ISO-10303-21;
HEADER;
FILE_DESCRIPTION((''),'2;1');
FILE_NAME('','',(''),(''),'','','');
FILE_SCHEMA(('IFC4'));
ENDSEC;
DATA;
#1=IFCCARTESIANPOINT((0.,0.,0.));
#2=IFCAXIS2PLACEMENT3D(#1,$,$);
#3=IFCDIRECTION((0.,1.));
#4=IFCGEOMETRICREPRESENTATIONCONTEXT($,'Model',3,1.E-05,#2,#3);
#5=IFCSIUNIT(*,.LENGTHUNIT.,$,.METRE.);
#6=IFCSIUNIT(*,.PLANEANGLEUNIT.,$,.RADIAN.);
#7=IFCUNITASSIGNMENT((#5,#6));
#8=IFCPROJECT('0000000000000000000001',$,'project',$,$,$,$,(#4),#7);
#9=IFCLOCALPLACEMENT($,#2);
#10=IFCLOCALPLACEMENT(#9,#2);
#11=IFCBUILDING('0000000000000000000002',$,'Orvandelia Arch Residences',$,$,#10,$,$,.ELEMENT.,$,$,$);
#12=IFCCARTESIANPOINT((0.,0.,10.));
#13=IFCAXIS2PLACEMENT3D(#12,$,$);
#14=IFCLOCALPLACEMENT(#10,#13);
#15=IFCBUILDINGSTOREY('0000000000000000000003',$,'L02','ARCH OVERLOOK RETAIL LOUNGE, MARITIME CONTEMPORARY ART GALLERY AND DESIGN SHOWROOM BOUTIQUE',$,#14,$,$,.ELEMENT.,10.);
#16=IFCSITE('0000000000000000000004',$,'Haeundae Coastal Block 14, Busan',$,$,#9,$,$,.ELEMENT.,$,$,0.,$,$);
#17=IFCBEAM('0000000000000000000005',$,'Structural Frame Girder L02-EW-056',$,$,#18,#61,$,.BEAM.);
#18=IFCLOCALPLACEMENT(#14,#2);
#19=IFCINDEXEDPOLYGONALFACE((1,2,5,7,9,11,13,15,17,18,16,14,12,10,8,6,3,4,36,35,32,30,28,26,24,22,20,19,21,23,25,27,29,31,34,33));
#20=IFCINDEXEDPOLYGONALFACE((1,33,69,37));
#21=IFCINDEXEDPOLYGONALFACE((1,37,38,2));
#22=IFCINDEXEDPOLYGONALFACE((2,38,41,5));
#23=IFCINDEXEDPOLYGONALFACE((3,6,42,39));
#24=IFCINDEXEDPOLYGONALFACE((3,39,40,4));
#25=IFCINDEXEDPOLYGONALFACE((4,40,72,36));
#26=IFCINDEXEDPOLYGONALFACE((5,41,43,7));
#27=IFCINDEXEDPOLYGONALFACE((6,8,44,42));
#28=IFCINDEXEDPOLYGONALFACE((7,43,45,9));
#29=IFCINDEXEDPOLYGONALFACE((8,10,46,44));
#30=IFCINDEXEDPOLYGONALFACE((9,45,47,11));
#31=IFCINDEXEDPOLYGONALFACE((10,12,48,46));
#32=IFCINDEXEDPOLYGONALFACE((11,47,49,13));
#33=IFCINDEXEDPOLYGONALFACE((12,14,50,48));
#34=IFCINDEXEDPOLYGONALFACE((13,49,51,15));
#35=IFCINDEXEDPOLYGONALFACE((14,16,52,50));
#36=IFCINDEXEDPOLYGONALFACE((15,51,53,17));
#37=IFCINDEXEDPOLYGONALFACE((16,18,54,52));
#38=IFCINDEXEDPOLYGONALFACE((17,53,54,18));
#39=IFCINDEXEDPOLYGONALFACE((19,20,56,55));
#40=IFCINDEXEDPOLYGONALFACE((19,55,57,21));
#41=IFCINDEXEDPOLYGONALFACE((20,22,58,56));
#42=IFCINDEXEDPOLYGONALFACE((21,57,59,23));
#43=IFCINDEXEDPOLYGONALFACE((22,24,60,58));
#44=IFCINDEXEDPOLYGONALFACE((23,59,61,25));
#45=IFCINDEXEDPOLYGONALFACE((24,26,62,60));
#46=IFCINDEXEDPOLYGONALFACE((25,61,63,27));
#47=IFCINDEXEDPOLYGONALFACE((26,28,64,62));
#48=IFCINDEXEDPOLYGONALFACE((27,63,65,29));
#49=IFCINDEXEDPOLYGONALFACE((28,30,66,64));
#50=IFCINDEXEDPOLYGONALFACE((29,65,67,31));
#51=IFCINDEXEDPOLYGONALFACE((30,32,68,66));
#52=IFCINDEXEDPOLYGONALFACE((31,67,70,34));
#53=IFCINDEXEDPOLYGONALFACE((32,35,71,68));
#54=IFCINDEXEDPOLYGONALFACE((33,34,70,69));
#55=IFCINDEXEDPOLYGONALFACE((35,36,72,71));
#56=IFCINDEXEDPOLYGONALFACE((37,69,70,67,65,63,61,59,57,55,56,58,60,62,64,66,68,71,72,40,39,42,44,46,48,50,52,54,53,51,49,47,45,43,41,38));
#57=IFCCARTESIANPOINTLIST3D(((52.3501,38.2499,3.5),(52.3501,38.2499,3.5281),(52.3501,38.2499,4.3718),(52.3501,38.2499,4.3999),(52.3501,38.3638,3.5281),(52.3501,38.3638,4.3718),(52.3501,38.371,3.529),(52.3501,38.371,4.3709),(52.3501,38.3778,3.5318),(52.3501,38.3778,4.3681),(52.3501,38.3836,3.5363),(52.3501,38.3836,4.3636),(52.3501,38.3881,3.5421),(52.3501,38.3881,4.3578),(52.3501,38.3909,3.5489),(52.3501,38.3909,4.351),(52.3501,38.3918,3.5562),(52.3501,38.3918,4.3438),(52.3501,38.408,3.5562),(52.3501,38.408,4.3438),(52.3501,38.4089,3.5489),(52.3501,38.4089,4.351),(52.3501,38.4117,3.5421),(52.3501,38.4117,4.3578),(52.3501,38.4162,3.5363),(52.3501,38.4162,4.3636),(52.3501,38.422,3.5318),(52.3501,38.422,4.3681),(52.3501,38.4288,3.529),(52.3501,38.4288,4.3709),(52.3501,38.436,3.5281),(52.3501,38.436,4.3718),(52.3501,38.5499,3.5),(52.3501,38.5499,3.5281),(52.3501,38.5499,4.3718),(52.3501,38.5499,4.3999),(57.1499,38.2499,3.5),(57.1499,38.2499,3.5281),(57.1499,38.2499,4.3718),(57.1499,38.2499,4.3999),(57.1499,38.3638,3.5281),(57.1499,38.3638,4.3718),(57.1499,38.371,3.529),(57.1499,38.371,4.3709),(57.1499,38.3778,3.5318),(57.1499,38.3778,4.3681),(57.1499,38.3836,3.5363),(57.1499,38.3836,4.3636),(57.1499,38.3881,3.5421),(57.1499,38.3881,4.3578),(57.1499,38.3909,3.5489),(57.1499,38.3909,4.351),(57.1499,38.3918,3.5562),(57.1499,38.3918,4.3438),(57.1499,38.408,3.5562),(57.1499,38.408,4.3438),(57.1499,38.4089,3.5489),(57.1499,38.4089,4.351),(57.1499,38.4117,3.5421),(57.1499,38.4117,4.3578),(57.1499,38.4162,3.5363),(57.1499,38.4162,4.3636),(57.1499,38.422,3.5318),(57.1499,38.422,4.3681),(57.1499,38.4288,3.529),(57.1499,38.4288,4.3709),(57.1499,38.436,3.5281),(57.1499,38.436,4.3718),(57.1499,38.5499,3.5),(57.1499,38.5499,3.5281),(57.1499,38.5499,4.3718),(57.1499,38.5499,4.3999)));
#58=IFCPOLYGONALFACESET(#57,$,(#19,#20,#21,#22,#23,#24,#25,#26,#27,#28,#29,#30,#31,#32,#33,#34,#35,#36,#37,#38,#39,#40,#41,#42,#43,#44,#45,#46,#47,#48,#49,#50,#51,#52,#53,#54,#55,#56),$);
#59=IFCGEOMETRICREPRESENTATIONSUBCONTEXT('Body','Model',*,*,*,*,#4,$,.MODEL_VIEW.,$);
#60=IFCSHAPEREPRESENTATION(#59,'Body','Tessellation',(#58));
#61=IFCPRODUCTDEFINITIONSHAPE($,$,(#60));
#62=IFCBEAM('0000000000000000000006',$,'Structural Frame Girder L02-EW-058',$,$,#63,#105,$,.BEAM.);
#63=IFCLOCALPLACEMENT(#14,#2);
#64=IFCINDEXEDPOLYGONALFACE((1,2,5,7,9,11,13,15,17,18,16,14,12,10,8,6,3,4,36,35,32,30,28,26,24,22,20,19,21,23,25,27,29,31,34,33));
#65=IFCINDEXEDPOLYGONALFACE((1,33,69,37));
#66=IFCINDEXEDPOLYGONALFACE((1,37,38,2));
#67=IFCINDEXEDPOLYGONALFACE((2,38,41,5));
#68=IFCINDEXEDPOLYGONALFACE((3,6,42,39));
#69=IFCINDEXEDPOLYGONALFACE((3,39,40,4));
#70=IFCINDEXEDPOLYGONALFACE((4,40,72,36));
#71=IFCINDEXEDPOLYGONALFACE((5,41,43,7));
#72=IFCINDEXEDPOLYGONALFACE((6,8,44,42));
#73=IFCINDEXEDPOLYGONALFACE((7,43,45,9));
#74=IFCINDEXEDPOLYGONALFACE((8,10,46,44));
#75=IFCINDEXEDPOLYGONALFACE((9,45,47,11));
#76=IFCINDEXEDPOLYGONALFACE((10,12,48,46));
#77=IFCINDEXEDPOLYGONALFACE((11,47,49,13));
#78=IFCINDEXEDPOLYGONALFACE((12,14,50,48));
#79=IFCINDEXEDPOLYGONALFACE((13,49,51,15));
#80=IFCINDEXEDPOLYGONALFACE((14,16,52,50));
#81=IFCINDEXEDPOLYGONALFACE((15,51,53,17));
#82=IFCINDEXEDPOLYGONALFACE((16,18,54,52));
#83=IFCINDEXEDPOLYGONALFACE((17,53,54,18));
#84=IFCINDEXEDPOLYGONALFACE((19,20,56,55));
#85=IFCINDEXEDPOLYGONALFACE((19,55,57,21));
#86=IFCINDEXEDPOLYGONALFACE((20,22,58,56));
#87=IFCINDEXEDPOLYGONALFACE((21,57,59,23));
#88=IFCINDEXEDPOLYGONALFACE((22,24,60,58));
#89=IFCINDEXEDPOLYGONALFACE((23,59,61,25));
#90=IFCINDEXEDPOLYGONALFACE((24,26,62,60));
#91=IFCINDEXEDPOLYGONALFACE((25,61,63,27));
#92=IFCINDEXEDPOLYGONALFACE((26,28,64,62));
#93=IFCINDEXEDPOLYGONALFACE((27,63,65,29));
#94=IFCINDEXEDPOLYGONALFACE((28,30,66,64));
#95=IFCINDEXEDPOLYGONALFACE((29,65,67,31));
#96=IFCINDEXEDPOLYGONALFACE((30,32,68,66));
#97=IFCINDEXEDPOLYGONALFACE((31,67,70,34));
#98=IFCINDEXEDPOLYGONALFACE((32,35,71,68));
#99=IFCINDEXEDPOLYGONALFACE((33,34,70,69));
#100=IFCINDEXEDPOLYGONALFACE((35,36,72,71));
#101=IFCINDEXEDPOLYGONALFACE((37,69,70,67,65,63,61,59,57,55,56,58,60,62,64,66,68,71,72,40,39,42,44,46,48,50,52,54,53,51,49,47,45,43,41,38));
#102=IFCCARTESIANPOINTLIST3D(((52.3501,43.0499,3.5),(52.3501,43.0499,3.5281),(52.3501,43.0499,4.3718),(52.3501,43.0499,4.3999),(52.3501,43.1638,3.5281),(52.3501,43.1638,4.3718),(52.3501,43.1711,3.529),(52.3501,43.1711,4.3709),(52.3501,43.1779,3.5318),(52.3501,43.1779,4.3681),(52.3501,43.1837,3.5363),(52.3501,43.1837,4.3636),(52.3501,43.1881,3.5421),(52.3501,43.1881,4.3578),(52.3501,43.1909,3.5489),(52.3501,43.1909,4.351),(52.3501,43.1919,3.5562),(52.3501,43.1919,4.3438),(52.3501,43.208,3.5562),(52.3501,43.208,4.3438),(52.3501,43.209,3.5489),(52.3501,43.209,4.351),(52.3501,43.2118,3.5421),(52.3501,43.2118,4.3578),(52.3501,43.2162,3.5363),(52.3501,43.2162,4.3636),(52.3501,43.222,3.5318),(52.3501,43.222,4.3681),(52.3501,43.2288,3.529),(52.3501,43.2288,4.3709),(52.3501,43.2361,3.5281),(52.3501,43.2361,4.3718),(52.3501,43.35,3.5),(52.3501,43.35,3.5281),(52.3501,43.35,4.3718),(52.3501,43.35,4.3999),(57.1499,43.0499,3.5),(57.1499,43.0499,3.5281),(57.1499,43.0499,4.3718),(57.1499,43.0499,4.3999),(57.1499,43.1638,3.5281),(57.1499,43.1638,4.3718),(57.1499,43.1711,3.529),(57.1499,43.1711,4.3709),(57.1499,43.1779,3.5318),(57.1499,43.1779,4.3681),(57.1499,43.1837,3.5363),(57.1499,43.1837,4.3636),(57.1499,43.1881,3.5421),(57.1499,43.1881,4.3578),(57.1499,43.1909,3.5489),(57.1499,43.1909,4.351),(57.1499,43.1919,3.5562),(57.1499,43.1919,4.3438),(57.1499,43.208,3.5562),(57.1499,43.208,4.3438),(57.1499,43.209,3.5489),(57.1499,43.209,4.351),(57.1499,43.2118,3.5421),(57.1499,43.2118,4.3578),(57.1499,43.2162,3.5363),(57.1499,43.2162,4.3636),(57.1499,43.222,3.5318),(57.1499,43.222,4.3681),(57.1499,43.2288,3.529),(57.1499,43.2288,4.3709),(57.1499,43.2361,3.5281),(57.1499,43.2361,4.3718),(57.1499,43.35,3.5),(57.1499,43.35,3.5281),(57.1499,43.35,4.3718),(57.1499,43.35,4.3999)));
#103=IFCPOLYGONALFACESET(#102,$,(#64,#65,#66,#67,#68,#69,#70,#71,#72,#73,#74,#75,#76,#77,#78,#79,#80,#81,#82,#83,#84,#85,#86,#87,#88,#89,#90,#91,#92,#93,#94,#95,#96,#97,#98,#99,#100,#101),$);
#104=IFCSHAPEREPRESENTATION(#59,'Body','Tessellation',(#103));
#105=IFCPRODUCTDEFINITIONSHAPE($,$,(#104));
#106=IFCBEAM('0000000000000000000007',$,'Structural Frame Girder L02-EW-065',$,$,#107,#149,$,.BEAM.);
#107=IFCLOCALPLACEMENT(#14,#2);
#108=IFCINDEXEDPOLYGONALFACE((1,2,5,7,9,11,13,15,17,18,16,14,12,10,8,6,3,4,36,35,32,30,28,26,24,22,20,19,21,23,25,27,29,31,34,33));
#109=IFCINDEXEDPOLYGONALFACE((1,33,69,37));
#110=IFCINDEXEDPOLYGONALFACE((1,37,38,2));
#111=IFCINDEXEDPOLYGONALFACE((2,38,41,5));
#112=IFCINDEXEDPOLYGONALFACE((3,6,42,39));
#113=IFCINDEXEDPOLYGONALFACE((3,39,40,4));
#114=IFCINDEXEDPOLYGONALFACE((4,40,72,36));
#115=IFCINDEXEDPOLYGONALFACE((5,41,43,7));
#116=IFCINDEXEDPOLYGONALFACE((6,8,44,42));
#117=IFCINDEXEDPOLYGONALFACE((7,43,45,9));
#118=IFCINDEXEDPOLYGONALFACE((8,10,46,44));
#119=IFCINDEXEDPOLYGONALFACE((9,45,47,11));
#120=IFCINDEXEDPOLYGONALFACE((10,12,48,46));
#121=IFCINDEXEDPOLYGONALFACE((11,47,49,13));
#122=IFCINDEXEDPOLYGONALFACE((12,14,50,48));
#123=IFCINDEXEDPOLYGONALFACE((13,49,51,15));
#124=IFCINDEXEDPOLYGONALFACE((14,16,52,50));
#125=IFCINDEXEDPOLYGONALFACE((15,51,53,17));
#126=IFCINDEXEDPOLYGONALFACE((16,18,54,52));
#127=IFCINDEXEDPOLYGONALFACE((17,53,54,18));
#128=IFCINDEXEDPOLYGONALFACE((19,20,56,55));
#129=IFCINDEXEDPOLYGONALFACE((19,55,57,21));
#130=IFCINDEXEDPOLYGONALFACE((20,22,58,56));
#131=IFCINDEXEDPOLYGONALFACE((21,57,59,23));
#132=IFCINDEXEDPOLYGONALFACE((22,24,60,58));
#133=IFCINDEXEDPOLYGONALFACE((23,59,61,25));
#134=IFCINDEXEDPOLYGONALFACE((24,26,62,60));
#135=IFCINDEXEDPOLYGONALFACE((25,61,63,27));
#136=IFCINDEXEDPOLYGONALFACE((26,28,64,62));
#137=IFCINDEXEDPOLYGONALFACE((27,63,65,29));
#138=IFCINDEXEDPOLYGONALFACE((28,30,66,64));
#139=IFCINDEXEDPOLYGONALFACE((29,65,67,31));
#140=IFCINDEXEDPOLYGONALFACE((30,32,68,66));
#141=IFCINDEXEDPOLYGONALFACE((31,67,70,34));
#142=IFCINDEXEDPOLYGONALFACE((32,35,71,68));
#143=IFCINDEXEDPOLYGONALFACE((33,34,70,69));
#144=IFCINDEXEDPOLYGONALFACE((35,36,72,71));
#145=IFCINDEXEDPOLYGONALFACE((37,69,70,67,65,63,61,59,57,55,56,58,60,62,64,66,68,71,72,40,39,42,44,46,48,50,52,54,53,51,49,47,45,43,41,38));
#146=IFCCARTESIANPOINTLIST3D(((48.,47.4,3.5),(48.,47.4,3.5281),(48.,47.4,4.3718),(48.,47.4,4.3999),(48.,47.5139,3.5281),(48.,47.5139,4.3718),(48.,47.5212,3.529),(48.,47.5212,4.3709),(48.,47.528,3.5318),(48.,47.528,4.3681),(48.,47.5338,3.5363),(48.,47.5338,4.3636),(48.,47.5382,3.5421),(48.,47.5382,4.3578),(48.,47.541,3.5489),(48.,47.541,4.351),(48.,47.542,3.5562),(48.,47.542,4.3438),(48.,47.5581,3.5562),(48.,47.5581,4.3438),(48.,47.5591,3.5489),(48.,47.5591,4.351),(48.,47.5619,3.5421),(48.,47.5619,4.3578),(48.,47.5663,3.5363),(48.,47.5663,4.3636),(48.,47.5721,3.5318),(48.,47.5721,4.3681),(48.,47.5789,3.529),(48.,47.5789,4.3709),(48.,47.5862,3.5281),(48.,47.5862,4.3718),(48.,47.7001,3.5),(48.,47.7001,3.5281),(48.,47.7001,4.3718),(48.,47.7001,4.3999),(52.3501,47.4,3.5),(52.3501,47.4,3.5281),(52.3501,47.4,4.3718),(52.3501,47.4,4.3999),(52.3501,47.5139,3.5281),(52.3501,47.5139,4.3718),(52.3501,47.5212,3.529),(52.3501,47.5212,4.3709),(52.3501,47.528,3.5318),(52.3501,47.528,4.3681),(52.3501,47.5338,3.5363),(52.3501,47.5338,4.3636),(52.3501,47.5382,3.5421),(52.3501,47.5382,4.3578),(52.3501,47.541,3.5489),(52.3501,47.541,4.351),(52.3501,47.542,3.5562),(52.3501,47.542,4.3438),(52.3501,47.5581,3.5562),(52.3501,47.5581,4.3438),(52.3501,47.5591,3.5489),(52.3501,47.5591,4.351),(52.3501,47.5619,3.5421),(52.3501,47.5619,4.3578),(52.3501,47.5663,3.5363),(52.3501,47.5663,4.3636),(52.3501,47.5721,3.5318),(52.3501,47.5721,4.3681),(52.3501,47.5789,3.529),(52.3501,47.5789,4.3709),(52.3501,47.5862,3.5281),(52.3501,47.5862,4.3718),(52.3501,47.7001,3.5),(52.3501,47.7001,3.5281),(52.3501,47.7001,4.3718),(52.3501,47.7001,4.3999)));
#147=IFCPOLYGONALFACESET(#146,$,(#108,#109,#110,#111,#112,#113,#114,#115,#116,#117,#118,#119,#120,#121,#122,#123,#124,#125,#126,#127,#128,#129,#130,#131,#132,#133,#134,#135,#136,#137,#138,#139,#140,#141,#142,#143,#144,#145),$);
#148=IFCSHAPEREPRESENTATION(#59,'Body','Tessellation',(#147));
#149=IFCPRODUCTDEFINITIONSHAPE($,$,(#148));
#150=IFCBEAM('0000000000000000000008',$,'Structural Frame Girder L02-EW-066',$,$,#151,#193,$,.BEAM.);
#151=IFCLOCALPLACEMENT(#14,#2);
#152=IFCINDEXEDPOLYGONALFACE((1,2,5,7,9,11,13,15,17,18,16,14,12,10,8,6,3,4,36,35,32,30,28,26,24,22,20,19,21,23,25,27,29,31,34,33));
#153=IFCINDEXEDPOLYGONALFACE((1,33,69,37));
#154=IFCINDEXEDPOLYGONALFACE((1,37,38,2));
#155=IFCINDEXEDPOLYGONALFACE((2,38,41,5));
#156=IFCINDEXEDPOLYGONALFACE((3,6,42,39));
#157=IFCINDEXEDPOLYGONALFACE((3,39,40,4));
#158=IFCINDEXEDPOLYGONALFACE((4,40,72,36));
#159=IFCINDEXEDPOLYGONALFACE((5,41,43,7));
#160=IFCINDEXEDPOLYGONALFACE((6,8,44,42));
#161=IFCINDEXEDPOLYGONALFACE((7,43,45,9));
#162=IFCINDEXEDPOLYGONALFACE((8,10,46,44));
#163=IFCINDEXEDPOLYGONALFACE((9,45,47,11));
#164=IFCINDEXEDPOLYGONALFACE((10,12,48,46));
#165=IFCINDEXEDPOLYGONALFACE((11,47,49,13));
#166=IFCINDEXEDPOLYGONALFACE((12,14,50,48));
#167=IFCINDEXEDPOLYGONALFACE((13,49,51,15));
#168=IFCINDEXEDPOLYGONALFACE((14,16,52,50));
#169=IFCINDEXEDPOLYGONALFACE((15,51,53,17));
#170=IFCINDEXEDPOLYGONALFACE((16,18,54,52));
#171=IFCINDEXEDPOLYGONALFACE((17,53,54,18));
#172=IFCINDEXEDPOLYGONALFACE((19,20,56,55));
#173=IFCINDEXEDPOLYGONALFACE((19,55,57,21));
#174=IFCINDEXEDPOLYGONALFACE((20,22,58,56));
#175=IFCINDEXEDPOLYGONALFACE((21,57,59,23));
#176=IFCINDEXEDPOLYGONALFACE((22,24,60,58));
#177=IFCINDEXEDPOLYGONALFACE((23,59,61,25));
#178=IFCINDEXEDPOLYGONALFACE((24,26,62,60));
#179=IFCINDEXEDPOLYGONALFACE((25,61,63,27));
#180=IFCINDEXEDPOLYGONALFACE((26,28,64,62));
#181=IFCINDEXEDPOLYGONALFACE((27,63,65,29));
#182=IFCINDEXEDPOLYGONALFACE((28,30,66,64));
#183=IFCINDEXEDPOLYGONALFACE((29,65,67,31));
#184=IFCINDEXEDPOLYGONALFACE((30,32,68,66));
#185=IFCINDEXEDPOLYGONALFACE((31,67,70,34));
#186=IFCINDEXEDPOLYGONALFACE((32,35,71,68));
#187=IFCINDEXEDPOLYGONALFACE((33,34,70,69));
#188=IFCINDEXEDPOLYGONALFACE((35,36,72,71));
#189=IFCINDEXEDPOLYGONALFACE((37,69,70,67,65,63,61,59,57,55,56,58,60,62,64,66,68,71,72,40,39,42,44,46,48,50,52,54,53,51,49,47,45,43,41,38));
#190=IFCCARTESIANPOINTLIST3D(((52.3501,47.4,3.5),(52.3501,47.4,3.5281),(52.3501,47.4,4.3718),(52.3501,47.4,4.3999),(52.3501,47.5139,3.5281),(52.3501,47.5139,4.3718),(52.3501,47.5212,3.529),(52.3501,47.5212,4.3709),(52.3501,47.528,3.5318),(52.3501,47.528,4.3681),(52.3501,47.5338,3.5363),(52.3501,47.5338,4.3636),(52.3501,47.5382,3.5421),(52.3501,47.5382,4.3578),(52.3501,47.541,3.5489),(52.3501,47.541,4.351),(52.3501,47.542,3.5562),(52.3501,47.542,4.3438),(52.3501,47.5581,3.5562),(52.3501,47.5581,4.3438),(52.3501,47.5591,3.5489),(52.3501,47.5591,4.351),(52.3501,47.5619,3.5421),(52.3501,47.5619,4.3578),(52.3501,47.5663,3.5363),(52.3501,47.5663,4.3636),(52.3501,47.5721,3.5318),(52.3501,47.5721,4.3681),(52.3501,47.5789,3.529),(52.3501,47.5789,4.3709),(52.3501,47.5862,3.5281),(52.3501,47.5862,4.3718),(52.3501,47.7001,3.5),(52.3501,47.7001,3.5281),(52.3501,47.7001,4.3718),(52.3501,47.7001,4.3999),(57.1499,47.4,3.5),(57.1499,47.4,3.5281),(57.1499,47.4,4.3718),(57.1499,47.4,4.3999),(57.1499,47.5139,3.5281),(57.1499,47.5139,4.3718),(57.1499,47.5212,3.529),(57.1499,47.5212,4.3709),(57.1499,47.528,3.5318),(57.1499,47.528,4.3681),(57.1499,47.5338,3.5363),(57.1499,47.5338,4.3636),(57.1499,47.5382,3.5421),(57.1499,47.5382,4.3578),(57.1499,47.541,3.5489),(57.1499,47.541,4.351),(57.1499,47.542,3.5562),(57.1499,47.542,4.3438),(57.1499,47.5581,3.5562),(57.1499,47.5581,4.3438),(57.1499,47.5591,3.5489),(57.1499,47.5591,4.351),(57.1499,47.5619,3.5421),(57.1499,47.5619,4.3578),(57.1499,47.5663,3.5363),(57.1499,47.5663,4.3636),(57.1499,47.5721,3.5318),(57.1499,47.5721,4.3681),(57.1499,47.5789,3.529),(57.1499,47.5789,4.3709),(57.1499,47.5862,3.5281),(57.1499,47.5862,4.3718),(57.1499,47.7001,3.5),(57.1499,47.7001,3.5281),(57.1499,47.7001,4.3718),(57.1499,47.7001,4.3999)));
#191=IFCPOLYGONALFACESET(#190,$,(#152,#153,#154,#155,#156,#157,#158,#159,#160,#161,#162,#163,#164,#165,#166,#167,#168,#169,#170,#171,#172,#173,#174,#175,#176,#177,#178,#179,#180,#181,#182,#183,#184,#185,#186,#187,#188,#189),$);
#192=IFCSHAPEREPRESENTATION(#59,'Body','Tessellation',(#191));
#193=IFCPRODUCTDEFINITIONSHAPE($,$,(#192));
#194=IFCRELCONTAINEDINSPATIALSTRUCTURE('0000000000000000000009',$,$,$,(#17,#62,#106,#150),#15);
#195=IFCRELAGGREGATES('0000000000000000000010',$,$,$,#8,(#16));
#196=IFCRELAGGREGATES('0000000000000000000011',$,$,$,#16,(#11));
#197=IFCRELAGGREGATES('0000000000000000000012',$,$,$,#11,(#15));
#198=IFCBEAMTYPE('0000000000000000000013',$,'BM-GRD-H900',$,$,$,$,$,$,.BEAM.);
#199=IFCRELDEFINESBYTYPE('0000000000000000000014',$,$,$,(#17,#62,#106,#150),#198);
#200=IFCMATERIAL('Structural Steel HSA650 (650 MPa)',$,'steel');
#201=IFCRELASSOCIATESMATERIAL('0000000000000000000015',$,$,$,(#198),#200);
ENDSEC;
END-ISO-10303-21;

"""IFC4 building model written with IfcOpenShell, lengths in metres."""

from ifc_helpers import new_model, si_unit, direction, frame, origin, origin_2d, place, context, subcontext, project, spatial, i_section, extrude, material, material_profile, profile_set, type_object, element, save


model = new_model("IFC4")

# Units and contexts
model_context = context("Model", 3, precision=1e-05, world=origin(), true_north=direction((0.0, 1.0)))
body_context = subcontext(model_context, "Body", "Model", "MODEL_VIEW")
ifc_project = project(units=[si_unit("LENGTHUNIT", "METRE"), si_unit("PLANEANGLEUNIT", "RADIAN")], contexts=[model_context])

# Site, building, storey
site_placement = place(None, origin())
site = spatial("IfcSite", under=ifc_project, at=site_placement, Name="Haeundae Coastal Block 14, Busan", CompositionType="ELEMENT", RefElevation=0.0)
building_placement = place(site_placement, origin())
building = spatial("IfcBuilding", under=site, at=building_placement, Name="Orvandelia Arch Residences", CompositionType="ELEMENT")
storey_placement = place(building_placement, frame((0.0, 0.0, 10.0)))
storey = spatial("IfcBuildingStorey", under=building, at=storey_placement, Name="L02", Description="ARCH OVERLOOK RETAIL LOUNGE, MARITIME CONTEMPORARY ART GALLERY AND DESIGN SHOWROOM BOUTIQUE", CompositionType="ELEMENT", Elevation=10.0)

# Beams
ifc_material_1 = material(Name="Structural Steel HSA650 (650 MPa)", Category="steel")
ifc_material_profile_1 = material_profile(ifc_material_1, i_section(OverallWidth=0.3, OverallDepth=0.8999, WebThickness=0.0161, FlangeThickness=0.0281, FilletRadius=0.0281, at=origin_2d()), Name="Structural Steel HSA650 (650 MPa)", Category="steel")
ifc_profile_set_1 = profile_set([ifc_material_profile_1], Name="Structural Steel HSA650 (650 MPa)")
beam_type = type_object("IfcBeamType", Name="BM-GRD-H900", PredefinedType="BEAM", material=ifc_profile_set_1)
for number, where, z_axis, x_axis, name in (
    (1, (52.3501, 38.3999, 3.95), (1.0, 0.0, 0.0), (0.0, 1.0, 0.0), "Structural Frame Girder L02-EW-056"),
    (2, (52.3501, 43.2, 3.95), (1.0, 0.0, 0.0), (0.0, 1.0, 0.0), "Structural Frame Girder L02-EW-058"),
):
    element("IfcBeam", number, at=place(storey_placement, frame(where, z_axis=z_axis, x_axis=x_axis)), inside=storey, type_object=beam_type, Name=name, PredefinedType="BEAM", context=body_context, shape_type="SweptSolid", body=[
        extrude(i_section(OverallWidth=0.3, OverallDepth=0.8999, WebThickness=0.0161, FlangeThickness=0.0281, FilletRadius=0.0281, at=origin_2d()), origin(), (0.0, 0.0, 1.0), 4.7998),
    ])
beam_1_placement = place(storey_placement, frame((48.0, 47.55, 3.95), z_axis=(1.0, 0.0, 0.0), x_axis=(0.0, 1.0, 0.0)))
element("IfcBeam", 3, at=beam_1_placement, inside=storey, type_object=beam_type, Name="Structural Frame Girder L02-EW-065", PredefinedType="BEAM", context=body_context, shape_type="SweptSolid", body=[
    extrude(i_section(OverallWidth=0.3, OverallDepth=0.8999, WebThickness=0.0161, FlangeThickness=0.0281, FilletRadius=0.0281, at=origin_2d()), origin(), (0.0, 0.0, 1.0), 4.3501),
])
beam_2_placement = place(storey_placement, frame((52.3501, 47.55, 3.95), z_axis=(1.0, 0.0, 0.0), x_axis=(0.0, 1.0, 0.0)))
element("IfcBeam", 4, at=beam_2_placement, inside=storey, type_object=beam_type, Name="Structural Frame Girder L02-EW-066", PredefinedType="BEAM", context=body_context, shape_type="SweptSolid", body=[
    extrude(i_section(OverallWidth=0.3, OverallDepth=0.8999, WebThickness=0.0161, FlangeThickness=0.0281, FilletRadius=0.0281, at=origin_2d()), origin(), (0.0, 0.0, 1.0), 4.7998),
])

save(model, "model.ifc")
